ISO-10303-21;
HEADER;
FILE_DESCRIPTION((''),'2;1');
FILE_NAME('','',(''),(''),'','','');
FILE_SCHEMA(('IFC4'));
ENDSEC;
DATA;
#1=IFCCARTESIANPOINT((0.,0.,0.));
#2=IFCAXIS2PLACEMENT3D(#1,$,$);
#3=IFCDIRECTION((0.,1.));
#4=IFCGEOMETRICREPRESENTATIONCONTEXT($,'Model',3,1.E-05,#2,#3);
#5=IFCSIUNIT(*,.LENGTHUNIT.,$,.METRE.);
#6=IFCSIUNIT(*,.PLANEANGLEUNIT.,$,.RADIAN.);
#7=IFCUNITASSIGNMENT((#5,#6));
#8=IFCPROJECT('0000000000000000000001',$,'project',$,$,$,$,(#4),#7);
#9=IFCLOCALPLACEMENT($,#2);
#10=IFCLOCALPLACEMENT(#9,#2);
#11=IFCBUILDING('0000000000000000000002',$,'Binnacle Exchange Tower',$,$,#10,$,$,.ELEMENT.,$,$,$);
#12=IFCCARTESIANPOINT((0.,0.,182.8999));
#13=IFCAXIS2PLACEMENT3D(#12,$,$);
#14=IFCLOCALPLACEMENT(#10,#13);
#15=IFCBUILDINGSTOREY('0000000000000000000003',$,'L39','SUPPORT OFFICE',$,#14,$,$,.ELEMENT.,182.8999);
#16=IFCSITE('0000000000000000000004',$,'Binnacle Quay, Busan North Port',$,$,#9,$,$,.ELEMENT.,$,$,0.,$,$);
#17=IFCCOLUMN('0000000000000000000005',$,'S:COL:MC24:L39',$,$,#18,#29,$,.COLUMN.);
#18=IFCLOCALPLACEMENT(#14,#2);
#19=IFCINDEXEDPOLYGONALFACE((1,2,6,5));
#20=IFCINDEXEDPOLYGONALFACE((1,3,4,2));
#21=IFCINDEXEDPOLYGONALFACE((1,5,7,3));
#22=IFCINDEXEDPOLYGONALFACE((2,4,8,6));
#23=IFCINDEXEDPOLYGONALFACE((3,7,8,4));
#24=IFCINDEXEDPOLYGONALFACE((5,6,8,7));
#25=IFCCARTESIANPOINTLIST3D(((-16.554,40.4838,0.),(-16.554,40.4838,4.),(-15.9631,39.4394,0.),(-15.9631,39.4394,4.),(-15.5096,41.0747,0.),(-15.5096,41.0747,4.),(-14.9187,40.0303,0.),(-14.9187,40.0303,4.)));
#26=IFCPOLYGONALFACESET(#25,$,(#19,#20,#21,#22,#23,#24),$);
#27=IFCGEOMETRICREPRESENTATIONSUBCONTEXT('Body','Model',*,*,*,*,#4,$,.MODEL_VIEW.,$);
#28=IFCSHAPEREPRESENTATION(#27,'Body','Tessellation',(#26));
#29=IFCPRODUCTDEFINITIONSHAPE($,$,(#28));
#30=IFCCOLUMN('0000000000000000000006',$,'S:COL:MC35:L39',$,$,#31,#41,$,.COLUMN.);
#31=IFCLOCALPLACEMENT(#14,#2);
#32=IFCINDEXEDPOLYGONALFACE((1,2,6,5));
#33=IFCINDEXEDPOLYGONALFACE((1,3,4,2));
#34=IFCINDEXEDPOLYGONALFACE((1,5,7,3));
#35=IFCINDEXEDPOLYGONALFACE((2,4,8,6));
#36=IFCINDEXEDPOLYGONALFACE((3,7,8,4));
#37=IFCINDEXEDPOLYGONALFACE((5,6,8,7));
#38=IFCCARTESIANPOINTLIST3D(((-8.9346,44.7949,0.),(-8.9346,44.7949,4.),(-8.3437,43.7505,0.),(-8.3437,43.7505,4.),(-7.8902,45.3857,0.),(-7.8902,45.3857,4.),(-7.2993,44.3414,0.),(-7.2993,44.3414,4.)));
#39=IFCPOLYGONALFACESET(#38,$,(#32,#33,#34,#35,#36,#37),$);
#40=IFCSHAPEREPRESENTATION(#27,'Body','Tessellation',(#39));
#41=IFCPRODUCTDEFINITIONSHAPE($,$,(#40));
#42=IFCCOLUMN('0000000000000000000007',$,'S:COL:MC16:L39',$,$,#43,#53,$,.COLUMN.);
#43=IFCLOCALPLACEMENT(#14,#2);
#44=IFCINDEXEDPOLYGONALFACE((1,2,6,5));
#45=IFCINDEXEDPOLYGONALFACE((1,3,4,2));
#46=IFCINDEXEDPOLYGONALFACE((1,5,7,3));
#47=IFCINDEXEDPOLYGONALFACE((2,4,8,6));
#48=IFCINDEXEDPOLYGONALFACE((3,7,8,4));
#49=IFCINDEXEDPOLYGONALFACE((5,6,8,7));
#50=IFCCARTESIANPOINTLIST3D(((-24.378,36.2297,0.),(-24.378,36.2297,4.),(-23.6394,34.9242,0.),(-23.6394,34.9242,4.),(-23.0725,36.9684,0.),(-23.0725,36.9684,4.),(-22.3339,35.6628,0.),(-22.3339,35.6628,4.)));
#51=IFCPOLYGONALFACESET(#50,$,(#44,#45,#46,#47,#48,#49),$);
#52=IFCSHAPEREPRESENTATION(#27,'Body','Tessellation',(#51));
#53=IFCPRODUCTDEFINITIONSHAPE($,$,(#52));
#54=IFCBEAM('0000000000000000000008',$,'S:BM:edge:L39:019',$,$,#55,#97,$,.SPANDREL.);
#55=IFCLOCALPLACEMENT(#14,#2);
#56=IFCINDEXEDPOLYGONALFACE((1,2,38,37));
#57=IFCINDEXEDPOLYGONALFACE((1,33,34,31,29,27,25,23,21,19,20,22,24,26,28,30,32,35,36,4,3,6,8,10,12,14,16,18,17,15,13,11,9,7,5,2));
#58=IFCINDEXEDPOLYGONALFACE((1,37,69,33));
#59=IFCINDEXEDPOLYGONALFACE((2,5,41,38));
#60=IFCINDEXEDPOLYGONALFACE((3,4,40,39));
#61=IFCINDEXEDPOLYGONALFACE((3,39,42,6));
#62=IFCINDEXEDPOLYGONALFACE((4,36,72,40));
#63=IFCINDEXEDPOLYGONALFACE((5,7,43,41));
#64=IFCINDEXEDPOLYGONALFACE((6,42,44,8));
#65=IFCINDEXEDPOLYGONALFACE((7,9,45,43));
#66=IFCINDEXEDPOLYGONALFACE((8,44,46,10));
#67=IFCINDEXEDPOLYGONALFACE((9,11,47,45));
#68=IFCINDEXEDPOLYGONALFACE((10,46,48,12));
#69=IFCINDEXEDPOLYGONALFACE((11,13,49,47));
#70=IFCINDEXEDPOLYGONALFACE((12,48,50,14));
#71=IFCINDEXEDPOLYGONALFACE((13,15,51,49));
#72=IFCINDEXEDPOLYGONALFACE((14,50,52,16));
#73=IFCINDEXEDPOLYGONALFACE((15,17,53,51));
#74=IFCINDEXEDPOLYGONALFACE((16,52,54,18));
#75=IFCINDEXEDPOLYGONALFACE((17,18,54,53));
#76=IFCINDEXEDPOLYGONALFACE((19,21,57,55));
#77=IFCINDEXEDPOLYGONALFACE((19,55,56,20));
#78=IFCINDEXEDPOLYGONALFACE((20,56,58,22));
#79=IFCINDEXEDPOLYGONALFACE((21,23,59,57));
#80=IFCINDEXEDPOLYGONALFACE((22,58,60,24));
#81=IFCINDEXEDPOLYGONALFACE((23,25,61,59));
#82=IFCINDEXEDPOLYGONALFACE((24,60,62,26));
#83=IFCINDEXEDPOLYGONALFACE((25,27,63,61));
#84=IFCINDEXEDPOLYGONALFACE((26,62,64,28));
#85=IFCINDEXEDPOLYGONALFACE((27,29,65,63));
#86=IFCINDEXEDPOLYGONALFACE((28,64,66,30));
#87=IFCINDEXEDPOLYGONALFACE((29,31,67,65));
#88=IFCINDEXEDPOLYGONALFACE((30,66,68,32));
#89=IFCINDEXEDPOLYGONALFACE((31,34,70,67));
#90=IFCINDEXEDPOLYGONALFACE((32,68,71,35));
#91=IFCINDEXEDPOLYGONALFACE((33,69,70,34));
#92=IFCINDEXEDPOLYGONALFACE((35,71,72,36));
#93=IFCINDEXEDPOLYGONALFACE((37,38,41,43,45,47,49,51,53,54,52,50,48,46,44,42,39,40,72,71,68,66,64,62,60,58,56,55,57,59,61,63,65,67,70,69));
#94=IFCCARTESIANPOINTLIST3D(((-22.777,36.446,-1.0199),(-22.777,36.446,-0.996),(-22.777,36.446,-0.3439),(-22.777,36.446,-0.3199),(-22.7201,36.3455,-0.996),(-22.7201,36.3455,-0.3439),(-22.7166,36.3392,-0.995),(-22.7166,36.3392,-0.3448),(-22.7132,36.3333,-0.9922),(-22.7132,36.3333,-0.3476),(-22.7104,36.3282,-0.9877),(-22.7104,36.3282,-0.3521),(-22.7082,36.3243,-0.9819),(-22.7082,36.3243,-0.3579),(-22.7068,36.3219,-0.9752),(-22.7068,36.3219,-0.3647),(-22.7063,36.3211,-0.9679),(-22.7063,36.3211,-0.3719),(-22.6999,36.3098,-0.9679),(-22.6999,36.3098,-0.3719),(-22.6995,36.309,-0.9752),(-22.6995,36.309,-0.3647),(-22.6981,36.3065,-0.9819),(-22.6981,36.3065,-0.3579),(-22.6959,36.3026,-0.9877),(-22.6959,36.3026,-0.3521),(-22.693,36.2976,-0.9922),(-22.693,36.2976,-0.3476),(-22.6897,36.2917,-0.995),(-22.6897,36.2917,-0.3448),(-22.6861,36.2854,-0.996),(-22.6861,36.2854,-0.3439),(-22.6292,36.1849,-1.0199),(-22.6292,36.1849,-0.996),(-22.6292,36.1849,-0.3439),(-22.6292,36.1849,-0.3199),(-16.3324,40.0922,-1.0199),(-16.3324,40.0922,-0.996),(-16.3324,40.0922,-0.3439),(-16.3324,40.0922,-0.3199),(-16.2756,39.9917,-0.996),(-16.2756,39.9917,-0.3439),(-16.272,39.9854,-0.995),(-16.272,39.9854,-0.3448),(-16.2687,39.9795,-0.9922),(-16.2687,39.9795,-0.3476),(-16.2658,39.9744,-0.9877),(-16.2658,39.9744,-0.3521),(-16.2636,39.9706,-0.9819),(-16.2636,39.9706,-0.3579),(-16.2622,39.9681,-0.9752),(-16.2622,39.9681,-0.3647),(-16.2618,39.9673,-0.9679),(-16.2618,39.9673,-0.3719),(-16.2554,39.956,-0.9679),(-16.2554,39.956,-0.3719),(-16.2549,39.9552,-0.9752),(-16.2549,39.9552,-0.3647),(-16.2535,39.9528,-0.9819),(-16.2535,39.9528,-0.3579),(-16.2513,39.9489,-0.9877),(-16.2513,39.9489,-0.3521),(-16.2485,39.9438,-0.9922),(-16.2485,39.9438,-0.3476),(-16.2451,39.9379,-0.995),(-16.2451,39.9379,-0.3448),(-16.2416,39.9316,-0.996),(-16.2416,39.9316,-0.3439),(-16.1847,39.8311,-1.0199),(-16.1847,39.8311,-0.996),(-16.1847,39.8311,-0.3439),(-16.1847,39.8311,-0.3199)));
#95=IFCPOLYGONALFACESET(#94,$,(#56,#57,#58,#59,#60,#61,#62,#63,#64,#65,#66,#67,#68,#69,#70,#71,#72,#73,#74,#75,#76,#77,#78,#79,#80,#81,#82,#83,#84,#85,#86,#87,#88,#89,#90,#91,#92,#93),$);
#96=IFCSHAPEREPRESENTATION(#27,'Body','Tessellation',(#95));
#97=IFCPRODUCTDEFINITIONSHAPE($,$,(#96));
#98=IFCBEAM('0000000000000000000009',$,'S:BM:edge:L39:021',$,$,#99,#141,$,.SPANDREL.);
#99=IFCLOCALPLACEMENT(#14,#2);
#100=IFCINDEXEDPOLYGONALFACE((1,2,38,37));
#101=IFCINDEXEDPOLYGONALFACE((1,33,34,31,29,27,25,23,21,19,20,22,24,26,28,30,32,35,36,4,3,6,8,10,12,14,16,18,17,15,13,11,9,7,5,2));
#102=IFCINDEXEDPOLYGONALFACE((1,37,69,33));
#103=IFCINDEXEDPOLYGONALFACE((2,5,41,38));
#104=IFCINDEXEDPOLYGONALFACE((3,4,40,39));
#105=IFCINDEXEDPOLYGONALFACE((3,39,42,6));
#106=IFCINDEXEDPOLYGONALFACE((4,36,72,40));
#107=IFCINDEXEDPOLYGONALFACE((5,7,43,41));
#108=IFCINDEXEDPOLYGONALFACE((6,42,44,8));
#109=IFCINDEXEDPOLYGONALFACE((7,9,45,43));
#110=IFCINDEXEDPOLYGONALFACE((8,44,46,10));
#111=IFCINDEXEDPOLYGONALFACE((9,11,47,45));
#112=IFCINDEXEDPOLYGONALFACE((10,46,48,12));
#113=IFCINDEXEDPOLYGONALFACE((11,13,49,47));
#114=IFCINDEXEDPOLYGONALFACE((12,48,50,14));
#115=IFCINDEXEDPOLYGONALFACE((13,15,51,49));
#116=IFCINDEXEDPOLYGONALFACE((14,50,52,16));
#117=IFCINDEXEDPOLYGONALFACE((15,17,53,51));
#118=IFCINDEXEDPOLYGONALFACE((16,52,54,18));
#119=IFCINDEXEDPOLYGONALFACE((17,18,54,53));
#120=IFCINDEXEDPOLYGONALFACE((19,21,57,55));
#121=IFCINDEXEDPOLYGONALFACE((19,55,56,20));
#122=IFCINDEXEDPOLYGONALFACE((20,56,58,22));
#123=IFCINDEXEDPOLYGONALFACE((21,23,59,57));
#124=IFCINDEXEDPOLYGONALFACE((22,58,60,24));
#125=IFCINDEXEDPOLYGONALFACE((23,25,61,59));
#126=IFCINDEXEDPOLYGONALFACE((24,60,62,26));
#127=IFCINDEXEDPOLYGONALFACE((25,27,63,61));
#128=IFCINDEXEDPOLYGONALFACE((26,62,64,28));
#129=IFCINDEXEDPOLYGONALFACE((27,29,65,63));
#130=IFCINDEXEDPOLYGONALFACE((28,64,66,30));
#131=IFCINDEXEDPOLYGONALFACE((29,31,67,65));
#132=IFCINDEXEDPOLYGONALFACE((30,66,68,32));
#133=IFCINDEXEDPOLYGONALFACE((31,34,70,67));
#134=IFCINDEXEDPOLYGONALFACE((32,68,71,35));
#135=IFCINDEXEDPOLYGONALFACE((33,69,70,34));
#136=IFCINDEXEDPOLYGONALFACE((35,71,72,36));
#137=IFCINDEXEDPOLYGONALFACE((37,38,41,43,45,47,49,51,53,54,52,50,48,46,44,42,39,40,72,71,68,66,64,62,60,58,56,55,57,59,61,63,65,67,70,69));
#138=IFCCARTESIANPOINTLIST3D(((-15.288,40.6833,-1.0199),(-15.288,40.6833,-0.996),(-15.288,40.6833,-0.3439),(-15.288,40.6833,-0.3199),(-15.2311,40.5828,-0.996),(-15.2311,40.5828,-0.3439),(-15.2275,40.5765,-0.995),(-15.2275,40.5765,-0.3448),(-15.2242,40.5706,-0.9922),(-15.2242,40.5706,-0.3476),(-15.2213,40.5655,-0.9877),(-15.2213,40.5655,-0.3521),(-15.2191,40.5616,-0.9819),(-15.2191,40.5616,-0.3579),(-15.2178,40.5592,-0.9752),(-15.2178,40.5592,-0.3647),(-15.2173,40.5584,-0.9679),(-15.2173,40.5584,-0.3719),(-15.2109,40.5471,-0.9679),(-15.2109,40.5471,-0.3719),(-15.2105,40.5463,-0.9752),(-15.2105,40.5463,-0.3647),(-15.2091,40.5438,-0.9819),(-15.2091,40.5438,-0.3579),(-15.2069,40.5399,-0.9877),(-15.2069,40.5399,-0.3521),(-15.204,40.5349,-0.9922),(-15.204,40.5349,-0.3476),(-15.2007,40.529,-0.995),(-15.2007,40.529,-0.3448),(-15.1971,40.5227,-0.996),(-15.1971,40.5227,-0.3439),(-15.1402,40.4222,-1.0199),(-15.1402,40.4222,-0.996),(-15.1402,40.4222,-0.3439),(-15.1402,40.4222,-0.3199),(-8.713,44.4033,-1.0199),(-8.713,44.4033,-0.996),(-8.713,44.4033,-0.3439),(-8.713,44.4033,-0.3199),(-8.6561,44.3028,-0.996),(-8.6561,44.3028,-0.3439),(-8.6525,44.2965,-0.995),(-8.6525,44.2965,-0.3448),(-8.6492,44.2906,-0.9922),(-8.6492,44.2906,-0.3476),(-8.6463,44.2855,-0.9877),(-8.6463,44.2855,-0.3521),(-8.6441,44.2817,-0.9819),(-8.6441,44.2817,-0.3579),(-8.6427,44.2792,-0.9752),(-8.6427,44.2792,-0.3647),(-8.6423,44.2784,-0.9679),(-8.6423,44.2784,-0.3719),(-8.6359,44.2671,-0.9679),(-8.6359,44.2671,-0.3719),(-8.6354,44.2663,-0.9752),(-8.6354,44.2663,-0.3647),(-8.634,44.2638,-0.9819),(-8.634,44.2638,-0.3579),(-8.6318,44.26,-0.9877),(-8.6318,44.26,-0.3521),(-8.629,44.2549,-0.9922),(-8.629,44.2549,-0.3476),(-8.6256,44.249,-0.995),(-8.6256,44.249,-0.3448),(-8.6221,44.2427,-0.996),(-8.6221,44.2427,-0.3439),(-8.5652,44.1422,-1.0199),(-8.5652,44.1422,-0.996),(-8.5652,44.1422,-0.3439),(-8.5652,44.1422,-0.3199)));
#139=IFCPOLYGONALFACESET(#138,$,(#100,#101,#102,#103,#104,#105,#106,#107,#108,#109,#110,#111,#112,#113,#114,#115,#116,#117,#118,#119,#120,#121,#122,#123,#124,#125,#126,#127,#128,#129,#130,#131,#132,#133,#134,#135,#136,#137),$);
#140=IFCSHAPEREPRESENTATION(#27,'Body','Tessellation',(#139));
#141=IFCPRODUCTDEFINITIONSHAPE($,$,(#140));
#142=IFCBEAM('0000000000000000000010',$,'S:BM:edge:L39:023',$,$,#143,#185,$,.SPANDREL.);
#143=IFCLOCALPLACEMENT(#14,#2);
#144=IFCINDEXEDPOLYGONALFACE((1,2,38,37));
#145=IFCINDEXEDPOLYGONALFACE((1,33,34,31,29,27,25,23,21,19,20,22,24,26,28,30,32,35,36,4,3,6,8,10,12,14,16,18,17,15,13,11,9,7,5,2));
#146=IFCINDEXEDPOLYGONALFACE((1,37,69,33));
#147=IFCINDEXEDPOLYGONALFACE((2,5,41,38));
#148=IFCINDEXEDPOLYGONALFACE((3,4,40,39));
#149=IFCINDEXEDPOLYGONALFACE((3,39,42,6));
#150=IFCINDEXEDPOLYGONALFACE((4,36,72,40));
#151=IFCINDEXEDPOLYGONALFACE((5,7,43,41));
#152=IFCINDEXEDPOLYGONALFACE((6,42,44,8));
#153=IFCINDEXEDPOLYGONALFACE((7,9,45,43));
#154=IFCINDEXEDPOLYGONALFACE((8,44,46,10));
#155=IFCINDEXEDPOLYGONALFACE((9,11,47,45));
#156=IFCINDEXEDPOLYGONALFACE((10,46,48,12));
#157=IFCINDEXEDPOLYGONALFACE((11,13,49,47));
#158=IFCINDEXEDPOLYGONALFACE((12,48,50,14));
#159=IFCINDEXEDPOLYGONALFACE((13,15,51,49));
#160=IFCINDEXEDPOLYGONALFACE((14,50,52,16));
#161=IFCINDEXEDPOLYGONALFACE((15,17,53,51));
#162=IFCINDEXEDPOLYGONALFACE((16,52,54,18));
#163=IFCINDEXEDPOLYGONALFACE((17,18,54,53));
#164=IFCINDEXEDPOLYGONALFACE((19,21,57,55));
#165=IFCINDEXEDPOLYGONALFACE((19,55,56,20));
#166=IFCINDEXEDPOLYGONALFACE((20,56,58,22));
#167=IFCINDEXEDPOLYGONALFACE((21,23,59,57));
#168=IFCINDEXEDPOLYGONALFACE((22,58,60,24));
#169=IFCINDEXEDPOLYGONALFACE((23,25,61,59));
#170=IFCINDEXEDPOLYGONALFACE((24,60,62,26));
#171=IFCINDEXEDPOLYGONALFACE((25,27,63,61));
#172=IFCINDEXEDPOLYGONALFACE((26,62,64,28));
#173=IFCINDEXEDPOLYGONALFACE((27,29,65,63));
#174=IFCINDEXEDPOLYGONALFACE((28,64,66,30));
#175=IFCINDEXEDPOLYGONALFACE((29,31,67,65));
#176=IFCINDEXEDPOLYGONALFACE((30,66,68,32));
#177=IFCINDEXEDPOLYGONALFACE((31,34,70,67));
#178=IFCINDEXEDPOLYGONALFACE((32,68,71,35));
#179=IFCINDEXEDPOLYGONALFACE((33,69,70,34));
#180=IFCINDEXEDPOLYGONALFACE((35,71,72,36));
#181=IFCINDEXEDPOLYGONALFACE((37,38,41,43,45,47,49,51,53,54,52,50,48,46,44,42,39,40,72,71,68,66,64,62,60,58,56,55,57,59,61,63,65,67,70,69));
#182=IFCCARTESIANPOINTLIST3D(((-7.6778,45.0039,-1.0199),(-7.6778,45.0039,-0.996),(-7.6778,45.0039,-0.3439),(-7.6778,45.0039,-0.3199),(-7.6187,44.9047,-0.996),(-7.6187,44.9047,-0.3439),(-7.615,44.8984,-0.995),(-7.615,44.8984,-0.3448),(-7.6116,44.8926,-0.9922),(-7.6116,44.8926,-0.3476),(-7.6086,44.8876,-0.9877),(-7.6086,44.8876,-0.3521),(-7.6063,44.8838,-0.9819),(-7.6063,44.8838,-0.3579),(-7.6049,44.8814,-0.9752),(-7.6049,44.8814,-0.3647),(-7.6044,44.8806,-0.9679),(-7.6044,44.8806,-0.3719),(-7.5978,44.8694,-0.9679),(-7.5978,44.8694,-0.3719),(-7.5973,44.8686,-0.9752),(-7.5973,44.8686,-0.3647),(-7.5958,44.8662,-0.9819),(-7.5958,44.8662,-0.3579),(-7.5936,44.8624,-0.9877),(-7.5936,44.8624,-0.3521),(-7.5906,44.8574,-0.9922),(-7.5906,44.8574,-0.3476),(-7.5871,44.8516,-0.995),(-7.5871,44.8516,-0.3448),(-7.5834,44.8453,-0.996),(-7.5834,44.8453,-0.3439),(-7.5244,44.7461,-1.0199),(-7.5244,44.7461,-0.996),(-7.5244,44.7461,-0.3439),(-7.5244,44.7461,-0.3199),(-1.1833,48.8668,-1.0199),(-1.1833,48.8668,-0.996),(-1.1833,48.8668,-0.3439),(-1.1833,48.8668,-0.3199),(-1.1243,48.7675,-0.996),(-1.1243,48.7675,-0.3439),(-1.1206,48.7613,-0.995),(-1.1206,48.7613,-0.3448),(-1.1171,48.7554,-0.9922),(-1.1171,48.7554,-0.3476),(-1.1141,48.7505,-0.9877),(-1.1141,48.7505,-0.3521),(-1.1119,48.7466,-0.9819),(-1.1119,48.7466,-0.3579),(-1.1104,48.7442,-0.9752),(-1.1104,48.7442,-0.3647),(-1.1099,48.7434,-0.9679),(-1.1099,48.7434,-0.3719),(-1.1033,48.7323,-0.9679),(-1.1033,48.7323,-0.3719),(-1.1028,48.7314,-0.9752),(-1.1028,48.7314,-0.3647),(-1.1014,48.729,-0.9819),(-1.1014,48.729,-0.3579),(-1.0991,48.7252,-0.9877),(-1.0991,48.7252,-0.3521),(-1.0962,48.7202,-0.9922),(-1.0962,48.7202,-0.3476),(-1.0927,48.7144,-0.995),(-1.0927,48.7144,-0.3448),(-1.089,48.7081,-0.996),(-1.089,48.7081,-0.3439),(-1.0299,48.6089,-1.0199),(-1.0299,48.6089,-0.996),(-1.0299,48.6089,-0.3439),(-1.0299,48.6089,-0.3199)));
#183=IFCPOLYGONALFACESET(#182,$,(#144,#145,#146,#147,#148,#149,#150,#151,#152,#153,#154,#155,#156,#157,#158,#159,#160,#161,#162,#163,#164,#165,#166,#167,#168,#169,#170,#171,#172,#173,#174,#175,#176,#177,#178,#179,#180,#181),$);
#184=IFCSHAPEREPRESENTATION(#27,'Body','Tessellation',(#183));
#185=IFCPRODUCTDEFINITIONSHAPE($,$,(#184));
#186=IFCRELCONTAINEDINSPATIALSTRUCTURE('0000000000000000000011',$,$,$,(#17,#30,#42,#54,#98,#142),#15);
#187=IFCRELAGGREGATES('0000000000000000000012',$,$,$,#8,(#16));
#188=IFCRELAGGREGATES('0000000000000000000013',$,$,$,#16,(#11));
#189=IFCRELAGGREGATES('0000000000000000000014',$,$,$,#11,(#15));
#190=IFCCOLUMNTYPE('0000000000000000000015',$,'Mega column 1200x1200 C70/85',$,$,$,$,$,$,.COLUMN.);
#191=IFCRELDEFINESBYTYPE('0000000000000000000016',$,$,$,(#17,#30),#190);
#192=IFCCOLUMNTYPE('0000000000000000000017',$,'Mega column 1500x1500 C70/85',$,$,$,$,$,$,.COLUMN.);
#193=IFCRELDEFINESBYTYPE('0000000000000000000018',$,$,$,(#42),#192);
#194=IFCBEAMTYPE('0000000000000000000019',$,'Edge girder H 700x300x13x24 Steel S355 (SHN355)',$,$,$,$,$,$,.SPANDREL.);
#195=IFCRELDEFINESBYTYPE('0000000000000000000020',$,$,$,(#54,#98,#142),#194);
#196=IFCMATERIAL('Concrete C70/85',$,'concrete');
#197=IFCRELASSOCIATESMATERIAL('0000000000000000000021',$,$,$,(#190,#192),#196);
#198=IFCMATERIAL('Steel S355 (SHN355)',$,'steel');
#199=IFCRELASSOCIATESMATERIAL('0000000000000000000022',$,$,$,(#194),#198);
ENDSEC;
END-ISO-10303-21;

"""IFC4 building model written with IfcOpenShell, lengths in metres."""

from ifc_helpers import new_model, si_unit, direction, frame, origin, origin_2d, place, context, subcontext, project, spatial, rectangle, i_section, extrude, material, material_profile, profile_set, type_object, element, save


model = new_model("IFC4")

# Units and contexts
model_context = context("Model", 3, precision=1e-05, world=origin(), true_north=direction((0.0, 1.0)))
body_context = subcontext(model_context, "Body", "Model", "MODEL_VIEW")
ifc_project = project(units=[si_unit("LENGTHUNIT", "METRE"), si_unit("PLANEANGLEUNIT", "RADIAN")], contexts=[model_context])

# Site, building, storey
site_placement = place(None, origin())
site = spatial("IfcSite", under=ifc_project, at=site_placement, Name="Binnacle Quay, Busan North Port", CompositionType="ELEMENT", RefElevation=0.0)
building_placement = place(site_placement, origin())
building = spatial("IfcBuilding", under=site, at=building_placement, Name="Binnacle Exchange Tower", CompositionType="ELEMENT")
storey_placement = place(building_placement, frame((0.0, 0.0, 182.8999)))
storey = spatial("IfcBuildingStorey", under=building, at=storey_placement, Name="L39", Description="SUPPORT OFFICE", CompositionType="ELEMENT", Elevation=182.8999)

# Columns
ifc_material_1 = material(Name="Concrete C70/85", Category="concrete")
ifc_material_profile_1 = material_profile(ifc_material_1, rectangle(XDim=1.2, YDim=1.2, at=origin_2d()), Name="Mega column 1200x1200 C70/85")
ifc_profile_set_1 = profile_set([ifc_material_profile_1], Name="Concrete C70/85")
column_type_1 = type_object("IfcColumnType", Name="Mega column 1200x1200 C70/85", PredefinedType="COLUMN", material=ifc_profile_set_1)
for number, where, z_axis, x_axis, name in (
    (1, (-15.7363, 40.2571, 0.0), (0.0, 0.0, 1.0), (0.870356, 0.492424, 0.0), "S:COL:MC24:L39"),
    (2, (-8.1169, 44.5681, 0.0), (0.0, 0.0, 1.0), (0.870356, 0.492424, 0.0), "S:COL:MC35:L39"),
):
    element("IfcColumn", number, at=place(storey_placement, frame(where, z_axis=z_axis, x_axis=x_axis)), inside=storey, type_object=column_type_1, Name=name, PredefinedType="COLUMN", context=body_context, shape_type="SweptSolid", body=[
        extrude(rectangle(XDim=1.2, YDim=1.2, at=origin_2d()), origin(), (0.0, 0.0, 1.0), 4.0),
    ])
ifc_material_profile_2 = material_profile(ifc_material_1, rectangle(XDim=1.5, YDim=1.5, at=origin_2d()), Name="Mega column 1500x1500 C70/85")
ifc_profile_set_2 = profile_set([ifc_material_profile_2], Name="Concrete C70/85")
column_type_2 = type_object("IfcColumnType", Name="Mega column 1500x1500 C70/85", PredefinedType="COLUMN", material=ifc_profile_set_2)
column_placement = place(storey_placement, frame((-23.356, 35.9463, 0.0), z_axis=(0.0, 0.0, 1.0), x_axis=(0.870356, 0.492424, 0.0)))
element("IfcColumn", 3, at=column_placement, inside=storey, type_object=column_type_2, Name="S:COL:MC16:L39", PredefinedType="COLUMN", context=body_context, shape_type="SweptSolid", body=[
    extrude(rectangle(XDim=1.5, YDim=1.5, at=origin_2d()), origin(), (0.0, 0.0, 1.0), 4.0),
])

# Beams
ifc_material_2 = material(Name="Steel S355 (SHN355)", Category="steel")
ifc_material_profile_3 = material_profile(ifc_material_2, i_section(OverallWidth=0.3, OverallDepth=0.7, WebThickness=0.0129, FlangeThickness=0.0239, FilletRadius=0.0281, at=origin_2d()), Name="H 700x300x13x24")
ifc_profile_set_3 = profile_set([ifc_material_profile_3], Name="Steel S355 (SHN355)")
beam_type_1 = type_object("IfcBeamType", Name="Edge girder H 700x300x13x24 Steel S355 (SHN355)", PredefinedType="SPANDREL", material=ifc_profile_set_3)
beam_1_placement = place(storey_placement, frame((-22.7031, 36.3154, -0.6699), z_axis=(0.870352, 0.492431, 0.0), x_axis=(-0.492431, 0.870352, 0.0)))
element("IfcBeam", 4, at=beam_1_placement, inside=storey, type_object=beam_type_1, Name="S:BM:edge:L39:019", PredefinedType="SPANDREL", context=body_context, shape_type="SweptSolid", body=[
    extrude(i_section(OverallWidth=0.3, OverallDepth=0.7, WebThickness=0.0129, FlangeThickness=0.0239, FilletRadius=0.0281, at=origin_2d()), origin(), (0.0, 0.0, 1.0), 7.4045),
])
beam_2_placement = place(storey_placement, frame((-15.2141, 40.5527, -0.6699), z_axis=(0.870353, 0.492428, 0.0), x_axis=(-0.492428, 0.870353, 0.0)))
element("IfcBeam", 5, at=beam_2_placement, inside=storey, type_object=beam_type_1, Name="S:BM:edge:L39:021", PredefinedType="SPANDREL", context=body_context, shape_type="SweptSolid", body=[
    extrude(i_section(OverallWidth=0.3, OverallDepth=0.7, WebThickness=0.0129, FlangeThickness=0.0239, FilletRadius=0.0281, at=origin_2d()), origin(), (0.0, 0.0, 1.0), 7.5544),
])
beam_3_placement = place(storey_placement, frame((-7.6011, 44.875, -0.6699), z_axis=(0.859462, 0.511199, 0.0), x_axis=(-0.511199, 0.859462, 0.0)))
element("IfcBeam", 6, at=beam_3_placement, inside=storey, type_object=beam_type_1, Name="S:BM:edge:L39:023", PredefinedType="SPANDREL", context=body_context, shape_type="SweptSolid", body=[
    extrude(i_section(OverallWidth=0.3, OverallDepth=0.7, WebThickness=0.0129, FlangeThickness=0.0239, FilletRadius=0.0281, at=origin_2d()), origin(), (0.0, 0.0, 1.0), 7.5564),
])

save(model, "model.ifc")
